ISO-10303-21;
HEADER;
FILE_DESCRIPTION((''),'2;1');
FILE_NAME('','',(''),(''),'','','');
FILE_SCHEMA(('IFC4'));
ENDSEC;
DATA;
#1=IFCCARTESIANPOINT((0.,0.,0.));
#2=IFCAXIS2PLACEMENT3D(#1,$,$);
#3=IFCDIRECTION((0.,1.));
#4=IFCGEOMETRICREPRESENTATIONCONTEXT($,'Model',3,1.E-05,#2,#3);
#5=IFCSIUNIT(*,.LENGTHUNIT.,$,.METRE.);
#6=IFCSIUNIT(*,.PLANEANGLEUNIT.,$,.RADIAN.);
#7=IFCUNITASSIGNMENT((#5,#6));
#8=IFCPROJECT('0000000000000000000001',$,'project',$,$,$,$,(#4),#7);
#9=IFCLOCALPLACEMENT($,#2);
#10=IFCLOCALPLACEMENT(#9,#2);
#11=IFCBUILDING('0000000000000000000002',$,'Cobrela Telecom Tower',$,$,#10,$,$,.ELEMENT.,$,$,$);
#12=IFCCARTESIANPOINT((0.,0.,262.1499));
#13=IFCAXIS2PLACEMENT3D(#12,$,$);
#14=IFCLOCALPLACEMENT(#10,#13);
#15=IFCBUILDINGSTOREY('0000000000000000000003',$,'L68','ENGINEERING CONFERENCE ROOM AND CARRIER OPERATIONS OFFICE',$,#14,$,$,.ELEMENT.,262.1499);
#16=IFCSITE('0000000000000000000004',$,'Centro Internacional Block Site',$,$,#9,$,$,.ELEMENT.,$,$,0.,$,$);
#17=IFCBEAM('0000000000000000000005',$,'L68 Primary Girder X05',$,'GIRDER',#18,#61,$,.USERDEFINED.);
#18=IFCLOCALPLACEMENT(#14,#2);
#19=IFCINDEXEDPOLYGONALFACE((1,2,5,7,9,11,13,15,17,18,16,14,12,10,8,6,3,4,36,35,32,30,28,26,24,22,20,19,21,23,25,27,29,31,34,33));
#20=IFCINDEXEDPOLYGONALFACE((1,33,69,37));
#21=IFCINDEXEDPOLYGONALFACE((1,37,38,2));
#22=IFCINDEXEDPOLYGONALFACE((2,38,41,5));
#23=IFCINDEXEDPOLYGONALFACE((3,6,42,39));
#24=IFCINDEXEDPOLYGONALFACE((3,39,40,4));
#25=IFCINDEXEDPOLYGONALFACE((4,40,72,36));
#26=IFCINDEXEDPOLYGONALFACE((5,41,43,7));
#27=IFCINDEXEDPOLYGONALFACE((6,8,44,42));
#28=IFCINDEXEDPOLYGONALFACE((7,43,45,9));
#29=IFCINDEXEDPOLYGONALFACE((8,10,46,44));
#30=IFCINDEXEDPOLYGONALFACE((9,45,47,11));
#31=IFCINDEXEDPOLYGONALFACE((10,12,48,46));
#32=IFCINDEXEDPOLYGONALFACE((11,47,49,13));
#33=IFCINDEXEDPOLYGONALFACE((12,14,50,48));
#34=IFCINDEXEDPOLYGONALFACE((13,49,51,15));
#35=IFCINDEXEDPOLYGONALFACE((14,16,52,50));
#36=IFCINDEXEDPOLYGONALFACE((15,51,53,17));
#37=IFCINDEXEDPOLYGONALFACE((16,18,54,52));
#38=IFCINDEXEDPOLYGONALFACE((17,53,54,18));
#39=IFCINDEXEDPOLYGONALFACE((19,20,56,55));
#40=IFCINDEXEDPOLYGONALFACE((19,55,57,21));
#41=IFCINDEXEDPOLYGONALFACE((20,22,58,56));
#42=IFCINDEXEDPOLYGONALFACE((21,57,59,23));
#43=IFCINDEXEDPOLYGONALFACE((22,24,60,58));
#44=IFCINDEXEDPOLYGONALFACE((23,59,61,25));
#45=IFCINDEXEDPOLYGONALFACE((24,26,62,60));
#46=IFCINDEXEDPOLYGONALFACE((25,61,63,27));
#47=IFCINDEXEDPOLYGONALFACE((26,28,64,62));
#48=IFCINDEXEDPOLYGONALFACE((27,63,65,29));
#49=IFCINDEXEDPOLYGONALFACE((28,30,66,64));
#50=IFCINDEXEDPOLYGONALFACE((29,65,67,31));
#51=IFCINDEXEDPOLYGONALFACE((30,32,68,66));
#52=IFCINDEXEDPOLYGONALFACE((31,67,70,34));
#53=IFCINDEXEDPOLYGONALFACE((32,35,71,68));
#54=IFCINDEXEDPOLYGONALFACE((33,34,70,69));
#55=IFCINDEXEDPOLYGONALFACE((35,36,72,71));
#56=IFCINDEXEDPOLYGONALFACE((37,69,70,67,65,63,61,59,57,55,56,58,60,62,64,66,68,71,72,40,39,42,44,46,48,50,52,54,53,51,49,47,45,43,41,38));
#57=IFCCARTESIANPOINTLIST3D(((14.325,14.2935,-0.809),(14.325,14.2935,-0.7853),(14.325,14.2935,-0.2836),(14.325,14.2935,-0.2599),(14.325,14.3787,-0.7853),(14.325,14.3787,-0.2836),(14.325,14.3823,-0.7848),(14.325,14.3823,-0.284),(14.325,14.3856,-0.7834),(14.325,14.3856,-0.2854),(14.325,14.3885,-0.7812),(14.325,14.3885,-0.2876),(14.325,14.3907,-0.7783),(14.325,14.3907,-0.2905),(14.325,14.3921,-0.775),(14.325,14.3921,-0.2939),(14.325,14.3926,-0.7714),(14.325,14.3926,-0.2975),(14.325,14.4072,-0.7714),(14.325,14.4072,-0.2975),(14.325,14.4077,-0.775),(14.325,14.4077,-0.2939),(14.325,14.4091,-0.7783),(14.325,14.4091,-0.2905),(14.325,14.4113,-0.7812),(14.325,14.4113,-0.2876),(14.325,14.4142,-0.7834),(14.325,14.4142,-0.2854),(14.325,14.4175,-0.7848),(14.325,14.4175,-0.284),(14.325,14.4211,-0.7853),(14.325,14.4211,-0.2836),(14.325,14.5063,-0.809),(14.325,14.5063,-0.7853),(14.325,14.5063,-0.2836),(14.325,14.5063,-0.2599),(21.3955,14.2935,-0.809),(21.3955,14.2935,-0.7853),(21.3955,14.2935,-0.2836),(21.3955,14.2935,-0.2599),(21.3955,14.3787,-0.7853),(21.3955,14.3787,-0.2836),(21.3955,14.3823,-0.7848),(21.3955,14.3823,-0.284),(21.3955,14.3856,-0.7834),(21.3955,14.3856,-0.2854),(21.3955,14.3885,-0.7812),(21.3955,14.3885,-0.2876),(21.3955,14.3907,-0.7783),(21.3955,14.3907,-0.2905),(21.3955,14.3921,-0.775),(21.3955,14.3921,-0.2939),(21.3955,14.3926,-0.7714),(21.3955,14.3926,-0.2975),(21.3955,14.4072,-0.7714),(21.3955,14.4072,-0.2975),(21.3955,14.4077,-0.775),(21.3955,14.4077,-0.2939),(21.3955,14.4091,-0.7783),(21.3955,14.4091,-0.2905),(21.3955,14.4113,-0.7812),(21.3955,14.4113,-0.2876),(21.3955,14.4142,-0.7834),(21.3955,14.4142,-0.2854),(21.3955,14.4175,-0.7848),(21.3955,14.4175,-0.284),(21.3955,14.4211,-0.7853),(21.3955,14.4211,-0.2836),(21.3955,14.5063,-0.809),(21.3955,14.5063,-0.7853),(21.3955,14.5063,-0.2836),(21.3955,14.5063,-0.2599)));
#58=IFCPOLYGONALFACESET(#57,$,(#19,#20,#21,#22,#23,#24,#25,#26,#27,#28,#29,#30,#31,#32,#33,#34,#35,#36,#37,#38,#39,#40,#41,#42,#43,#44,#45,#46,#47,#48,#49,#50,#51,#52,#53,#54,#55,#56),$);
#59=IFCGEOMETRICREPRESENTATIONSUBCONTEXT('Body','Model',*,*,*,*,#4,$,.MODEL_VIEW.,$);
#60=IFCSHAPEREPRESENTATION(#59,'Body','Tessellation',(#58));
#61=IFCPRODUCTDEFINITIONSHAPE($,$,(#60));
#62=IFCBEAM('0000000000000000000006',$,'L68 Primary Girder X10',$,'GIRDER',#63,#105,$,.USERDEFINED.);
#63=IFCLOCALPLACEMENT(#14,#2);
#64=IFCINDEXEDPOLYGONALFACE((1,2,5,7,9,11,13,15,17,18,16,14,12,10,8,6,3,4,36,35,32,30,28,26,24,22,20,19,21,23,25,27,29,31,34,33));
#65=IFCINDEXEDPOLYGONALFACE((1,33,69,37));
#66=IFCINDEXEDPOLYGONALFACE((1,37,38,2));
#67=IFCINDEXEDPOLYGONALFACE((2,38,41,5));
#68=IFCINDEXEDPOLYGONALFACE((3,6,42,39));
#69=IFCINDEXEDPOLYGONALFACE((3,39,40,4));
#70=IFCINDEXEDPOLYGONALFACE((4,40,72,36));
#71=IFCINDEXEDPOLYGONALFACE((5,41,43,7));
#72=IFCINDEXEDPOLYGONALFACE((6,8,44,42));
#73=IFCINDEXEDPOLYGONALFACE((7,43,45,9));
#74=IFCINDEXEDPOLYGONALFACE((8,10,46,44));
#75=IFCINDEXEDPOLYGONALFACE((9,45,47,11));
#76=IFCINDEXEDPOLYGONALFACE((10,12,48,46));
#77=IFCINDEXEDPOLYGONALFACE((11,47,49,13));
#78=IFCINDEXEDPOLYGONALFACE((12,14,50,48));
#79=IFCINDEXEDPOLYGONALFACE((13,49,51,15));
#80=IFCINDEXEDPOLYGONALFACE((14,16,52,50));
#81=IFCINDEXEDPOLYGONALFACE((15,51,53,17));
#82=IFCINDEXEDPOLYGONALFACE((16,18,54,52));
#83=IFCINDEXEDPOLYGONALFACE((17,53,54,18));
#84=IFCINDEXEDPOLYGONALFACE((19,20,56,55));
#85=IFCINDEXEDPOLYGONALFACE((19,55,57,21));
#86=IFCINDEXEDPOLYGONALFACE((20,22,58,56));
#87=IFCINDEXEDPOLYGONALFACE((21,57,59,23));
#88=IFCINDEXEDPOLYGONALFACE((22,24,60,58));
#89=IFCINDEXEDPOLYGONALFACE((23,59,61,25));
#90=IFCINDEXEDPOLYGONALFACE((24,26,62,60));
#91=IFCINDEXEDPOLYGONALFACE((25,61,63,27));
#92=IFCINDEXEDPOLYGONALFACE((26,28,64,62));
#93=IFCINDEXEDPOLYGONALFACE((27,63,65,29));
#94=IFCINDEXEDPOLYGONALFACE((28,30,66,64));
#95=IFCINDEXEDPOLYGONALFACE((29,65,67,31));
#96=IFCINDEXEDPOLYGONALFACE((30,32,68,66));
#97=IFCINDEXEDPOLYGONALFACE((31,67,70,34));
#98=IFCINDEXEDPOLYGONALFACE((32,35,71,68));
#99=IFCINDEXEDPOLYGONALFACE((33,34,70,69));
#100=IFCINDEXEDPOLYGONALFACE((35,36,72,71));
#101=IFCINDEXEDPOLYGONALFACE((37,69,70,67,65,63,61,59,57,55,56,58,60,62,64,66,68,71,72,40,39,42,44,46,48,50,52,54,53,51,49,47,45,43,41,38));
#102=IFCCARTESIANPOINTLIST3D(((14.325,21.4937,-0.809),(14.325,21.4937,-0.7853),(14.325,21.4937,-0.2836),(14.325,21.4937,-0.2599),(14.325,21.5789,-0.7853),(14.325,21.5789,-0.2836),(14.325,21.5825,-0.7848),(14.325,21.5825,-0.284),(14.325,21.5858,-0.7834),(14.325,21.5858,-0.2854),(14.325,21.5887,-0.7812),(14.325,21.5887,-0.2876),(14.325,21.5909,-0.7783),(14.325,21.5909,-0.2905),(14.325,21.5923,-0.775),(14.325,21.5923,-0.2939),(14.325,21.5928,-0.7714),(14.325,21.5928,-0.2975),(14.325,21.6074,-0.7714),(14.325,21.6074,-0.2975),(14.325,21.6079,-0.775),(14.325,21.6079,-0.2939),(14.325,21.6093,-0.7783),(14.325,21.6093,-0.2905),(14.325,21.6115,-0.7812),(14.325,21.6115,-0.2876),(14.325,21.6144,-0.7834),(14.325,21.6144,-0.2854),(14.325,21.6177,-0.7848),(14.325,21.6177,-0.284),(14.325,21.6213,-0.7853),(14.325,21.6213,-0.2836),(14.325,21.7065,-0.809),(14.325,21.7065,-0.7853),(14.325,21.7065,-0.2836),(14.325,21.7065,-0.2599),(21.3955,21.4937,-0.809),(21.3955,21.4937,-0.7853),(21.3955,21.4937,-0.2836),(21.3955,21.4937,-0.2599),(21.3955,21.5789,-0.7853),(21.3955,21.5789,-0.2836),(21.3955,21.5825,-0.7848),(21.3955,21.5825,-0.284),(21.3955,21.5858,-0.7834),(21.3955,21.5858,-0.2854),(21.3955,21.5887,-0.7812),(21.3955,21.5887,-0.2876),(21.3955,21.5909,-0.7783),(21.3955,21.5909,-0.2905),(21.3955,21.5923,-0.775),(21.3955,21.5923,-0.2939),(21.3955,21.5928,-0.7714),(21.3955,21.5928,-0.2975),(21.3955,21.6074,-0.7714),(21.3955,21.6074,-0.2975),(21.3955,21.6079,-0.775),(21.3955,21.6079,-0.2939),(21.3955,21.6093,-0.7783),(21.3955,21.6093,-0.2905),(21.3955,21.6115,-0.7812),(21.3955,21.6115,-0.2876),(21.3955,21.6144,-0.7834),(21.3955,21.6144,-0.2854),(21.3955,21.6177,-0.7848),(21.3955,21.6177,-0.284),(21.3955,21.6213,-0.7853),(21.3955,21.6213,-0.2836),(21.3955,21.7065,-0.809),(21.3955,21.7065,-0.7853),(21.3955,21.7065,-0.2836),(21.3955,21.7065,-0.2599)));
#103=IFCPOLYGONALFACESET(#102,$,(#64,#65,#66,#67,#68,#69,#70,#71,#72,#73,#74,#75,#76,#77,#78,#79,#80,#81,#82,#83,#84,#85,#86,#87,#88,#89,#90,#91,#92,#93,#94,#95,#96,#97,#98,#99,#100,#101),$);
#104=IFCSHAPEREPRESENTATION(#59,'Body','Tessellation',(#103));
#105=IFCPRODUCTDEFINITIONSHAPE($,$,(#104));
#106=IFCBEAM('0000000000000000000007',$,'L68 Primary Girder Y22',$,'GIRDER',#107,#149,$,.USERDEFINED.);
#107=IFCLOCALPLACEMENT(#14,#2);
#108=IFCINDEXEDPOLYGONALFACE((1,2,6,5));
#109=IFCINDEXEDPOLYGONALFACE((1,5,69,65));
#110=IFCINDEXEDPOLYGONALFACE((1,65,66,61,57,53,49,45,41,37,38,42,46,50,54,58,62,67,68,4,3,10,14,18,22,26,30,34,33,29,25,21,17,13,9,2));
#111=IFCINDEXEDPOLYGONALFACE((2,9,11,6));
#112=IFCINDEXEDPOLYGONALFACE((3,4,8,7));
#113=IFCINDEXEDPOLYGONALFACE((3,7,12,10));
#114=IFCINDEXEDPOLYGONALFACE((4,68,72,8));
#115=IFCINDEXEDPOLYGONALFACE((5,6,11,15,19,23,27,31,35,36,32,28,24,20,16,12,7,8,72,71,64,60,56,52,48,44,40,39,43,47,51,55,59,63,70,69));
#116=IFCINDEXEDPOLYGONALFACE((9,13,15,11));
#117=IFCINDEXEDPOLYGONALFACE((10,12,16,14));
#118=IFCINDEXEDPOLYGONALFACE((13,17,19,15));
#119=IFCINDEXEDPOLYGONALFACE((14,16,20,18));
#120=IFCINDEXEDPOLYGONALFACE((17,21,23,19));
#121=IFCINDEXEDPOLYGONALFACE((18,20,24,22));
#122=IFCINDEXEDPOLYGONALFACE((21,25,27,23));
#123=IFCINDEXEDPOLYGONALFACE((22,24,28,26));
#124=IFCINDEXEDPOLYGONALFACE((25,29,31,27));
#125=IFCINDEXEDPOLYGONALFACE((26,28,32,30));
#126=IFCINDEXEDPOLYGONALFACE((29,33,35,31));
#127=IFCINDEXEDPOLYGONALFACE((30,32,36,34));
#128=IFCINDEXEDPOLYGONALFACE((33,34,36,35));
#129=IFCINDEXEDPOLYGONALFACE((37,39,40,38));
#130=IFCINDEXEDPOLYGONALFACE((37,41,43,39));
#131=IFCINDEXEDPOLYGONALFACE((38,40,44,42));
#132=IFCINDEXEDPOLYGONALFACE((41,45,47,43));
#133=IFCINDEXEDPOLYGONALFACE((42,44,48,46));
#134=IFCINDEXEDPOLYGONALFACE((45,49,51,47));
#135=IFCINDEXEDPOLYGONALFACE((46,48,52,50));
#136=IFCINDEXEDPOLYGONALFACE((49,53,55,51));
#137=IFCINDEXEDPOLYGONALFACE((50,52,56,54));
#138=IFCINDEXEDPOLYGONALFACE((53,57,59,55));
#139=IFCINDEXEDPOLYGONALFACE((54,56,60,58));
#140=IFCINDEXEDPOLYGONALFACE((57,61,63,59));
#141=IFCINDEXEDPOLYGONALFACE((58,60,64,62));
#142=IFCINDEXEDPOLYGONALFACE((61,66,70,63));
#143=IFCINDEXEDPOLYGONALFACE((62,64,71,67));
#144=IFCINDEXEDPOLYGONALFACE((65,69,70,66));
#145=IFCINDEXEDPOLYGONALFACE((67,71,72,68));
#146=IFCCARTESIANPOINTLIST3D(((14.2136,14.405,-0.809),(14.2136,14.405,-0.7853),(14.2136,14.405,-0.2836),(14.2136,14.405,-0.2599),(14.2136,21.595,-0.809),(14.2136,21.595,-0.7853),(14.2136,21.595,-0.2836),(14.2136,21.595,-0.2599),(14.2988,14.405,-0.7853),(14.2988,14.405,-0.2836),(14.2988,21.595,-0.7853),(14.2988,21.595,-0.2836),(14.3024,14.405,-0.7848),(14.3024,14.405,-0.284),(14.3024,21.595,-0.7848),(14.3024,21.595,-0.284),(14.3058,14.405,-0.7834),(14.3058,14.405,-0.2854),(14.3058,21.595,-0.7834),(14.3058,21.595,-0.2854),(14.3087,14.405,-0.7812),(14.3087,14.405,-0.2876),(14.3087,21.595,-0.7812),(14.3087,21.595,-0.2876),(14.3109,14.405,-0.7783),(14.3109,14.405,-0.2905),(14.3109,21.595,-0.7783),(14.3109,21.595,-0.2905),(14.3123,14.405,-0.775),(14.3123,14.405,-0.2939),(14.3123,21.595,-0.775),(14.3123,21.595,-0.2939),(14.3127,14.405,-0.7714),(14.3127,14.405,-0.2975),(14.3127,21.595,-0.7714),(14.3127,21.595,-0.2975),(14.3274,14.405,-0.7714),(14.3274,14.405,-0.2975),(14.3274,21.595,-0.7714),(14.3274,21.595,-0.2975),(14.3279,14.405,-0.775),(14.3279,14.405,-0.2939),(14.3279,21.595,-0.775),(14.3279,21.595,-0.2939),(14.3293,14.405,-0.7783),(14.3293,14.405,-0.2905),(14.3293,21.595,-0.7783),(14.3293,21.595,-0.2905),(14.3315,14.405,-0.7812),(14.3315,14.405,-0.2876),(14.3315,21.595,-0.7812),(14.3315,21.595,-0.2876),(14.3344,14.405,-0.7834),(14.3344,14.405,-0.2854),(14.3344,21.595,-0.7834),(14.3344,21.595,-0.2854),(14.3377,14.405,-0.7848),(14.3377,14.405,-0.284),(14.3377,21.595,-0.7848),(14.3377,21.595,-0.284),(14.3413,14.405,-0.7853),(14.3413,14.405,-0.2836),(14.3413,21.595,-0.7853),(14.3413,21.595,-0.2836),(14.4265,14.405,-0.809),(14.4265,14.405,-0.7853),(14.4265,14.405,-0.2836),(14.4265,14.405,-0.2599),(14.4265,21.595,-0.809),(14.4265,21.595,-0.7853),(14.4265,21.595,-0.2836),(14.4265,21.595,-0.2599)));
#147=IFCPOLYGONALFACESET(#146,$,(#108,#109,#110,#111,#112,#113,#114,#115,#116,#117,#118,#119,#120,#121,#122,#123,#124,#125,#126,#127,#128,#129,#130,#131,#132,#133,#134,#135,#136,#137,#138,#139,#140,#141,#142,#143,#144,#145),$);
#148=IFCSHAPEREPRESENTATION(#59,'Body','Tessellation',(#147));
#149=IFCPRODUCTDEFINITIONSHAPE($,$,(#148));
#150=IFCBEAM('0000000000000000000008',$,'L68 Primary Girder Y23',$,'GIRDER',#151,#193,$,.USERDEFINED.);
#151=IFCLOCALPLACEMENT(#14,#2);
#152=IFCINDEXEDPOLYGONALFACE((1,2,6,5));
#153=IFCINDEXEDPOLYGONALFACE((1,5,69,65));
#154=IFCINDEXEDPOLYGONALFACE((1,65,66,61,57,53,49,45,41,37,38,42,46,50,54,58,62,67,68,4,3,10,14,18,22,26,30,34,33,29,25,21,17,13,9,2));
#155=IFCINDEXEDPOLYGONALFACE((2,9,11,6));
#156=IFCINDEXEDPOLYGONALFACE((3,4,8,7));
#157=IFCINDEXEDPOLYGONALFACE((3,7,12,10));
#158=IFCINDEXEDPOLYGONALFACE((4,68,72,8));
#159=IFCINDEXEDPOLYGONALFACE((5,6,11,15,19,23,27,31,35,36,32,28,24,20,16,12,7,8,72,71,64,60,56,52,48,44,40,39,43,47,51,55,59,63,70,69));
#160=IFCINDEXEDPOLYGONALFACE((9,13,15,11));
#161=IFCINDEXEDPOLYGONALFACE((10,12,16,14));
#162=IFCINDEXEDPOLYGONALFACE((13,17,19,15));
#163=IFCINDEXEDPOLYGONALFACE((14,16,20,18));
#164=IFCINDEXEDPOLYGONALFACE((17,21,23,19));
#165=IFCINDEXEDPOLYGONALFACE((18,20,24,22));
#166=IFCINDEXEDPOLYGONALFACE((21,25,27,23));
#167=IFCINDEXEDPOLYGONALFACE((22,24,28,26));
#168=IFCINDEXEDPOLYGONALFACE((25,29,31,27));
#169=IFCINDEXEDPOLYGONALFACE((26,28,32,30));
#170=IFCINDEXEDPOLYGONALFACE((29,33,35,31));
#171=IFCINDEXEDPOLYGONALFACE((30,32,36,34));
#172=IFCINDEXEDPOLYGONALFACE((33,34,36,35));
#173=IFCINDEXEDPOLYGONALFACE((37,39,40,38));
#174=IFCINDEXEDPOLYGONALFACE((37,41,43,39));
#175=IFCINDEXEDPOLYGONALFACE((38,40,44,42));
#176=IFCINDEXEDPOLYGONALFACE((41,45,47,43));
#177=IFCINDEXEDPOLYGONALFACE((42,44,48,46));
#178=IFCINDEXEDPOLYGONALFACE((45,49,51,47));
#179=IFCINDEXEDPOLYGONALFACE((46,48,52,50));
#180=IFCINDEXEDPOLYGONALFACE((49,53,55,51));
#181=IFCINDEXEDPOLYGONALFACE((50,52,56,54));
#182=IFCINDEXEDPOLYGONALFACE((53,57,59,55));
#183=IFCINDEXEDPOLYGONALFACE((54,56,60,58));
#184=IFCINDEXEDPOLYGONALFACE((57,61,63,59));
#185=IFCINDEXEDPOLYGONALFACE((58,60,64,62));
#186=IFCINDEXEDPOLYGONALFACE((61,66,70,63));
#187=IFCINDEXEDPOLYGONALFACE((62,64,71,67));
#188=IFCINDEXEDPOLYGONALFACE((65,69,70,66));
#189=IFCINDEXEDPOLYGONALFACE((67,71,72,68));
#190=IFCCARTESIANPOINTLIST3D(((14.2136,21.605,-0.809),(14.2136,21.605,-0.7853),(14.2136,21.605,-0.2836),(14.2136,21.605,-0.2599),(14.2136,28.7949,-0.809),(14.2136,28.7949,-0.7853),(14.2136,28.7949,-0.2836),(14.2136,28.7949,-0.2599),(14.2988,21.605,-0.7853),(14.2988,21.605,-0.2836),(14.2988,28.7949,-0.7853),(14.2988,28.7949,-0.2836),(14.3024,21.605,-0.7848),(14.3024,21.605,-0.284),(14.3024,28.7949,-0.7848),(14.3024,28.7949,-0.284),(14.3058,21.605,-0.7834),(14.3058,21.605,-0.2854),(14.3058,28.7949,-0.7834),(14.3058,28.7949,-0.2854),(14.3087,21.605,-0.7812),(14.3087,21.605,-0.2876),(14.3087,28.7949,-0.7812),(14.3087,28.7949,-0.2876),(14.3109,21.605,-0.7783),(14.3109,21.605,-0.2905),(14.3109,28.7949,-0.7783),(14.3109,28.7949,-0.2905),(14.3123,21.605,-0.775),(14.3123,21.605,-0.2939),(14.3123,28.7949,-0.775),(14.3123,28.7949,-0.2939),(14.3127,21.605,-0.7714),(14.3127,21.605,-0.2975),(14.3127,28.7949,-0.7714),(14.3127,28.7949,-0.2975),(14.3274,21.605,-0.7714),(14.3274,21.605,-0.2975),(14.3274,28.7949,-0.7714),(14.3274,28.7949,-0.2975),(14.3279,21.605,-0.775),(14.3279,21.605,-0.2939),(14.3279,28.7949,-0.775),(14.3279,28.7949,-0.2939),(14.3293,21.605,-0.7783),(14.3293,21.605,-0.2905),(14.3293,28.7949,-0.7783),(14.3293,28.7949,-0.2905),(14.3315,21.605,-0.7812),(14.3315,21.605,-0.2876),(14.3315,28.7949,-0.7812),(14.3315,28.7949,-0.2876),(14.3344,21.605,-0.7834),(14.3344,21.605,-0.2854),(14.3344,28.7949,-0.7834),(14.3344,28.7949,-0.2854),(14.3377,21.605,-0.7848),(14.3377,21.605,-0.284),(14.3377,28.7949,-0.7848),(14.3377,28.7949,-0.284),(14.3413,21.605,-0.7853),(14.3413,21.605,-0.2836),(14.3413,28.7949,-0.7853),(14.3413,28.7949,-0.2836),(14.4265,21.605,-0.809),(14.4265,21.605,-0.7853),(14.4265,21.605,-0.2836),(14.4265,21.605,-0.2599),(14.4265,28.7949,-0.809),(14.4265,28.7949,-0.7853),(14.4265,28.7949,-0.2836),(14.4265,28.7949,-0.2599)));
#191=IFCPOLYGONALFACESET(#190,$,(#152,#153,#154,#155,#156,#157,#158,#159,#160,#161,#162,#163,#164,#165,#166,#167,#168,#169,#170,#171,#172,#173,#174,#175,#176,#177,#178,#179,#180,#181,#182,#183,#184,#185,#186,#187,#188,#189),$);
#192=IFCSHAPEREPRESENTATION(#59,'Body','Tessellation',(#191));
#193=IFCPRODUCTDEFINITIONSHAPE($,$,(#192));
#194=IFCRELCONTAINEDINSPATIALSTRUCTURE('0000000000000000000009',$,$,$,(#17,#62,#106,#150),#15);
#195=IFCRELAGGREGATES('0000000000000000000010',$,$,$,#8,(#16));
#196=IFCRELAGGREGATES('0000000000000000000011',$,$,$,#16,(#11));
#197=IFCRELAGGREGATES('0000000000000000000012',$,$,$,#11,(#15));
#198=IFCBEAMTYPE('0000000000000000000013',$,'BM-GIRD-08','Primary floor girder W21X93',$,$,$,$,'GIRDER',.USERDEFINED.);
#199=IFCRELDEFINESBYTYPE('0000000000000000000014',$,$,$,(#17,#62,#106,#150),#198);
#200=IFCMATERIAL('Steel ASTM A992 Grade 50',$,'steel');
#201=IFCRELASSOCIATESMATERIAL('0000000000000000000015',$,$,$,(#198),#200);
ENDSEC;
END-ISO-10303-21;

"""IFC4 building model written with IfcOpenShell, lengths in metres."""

from ifc_helpers import new_model, si_unit, direction, frame, origin, origin_2d, place, context, subcontext, project, spatial, i_section, extrude, material, material_profile, profile_set, type_object, element, save


model = new_model("IFC4")

# Units and contexts
model_context = context("Model", 3, precision=1e-05, world=origin(), true_north=direction((0.0, 1.0)))
body_context = subcontext(model_context, "Body", "Model", "MODEL_VIEW")
ifc_project = project(units=[si_unit("LENGTHUNIT", "METRE"), si_unit("PLANEANGLEUNIT", "RADIAN")], contexts=[model_context])

# Site, building, storey
site_placement = place(None, origin())
site = spatial("IfcSite", under=ifc_project, at=site_placement, Name="Centro Internacional Block Site", CompositionType="ELEMENT", RefElevation=0.0)
building_placement = place(site_placement, origin())
building = spatial("IfcBuilding", under=site, at=building_placement, Name="Cobrela Telecom Tower", CompositionType="ELEMENT")
storey_placement = place(building_placement, frame((0.0, 0.0, 262.1499)))
storey = spatial("IfcBuildingStorey", under=building, at=storey_placement, Name="L68", Description="ENGINEERING CONFERENCE ROOM AND CARRIER OPERATIONS OFFICE", CompositionType="ELEMENT", Elevation=262.1499)

# Beams
ifc_material_1 = material(Name="Steel ASTM A992 Grade 50", Category="steel")
ifc_material_profile_1 = material_profile(ifc_material_1, i_section(OverallWidth=0.2129, OverallDepth=0.5491, WebThickness=0.0146, FlangeThickness=0.0237, FilletRadius=0.0139, at=origin_2d()), Name="W21X93")
ifc_profile_set_1 = profile_set([ifc_material_profile_1], Name="Steel ASTM A992 Grade 50")
beam_type_1 = type_object("IfcBeamType", Name="BM-GIRD-08", Description="Primary floor girder W21X93", ElementType="GIRDER", PredefinedType="USERDEFINED", material=ifc_profile_set_1)
for number, where, z_axis, x_axis, name in (
    (1, (14.325, 14.3999, -0.5344), (1.0, 0.0, 0.0), (0.0, 1.0, 0.0), "L68 Primary Girder X05"),
    (2, (14.325, 21.6001, -0.5344), (1.0, 0.0, 0.0), (0.0, 1.0, 0.0), "L68 Primary Girder X10"),
):
    element("IfcBeam", number, at=place(storey_placement, frame(where, z_axis=z_axis, x_axis=x_axis)), inside=storey, type_object=beam_type_1, Name=name, ObjectType="GIRDER", PredefinedType="USERDEFINED", context=body_context, shape_type="SweptSolid", body=[
        extrude(i_section(OverallWidth=0.2129, OverallDepth=0.5491, WebThickness=0.0146, FlangeThickness=0.0237, FilletRadius=0.0139, at=origin_2d()), origin(), (0.0, 0.0, 1.0), 7.0706),
    ])
for number, where, z_axis, x_axis, name in (
    (3, (14.3201, 14.405, -0.5344), (0.0, 1.0, 0.0), (-1.0, 0.0, 0.0), "L68 Primary Girder Y22"),
    (4, (14.3201, 21.605, -0.5344), (0.0, 1.0, 0.0), (-1.0, 0.0, 0.0), "L68 Primary Girder Y23"),
):
    element("IfcBeam", number, at=place(storey_placement, frame(where, z_axis=z_axis, x_axis=x_axis)), inside=storey, type_object=beam_type_1, Name=name, ObjectType="GIRDER", PredefinedType="USERDEFINED", context=body_context, shape_type="SweptSolid", body=[
        extrude(i_section(OverallWidth=0.2129, OverallDepth=0.5491, WebThickness=0.0146, FlangeThickness=0.0237, FilletRadius=0.0139, at=origin_2d()), origin(), (0.0, 0.0, 1.0), 7.1899),
    ])

save(model, "model.ifc")
